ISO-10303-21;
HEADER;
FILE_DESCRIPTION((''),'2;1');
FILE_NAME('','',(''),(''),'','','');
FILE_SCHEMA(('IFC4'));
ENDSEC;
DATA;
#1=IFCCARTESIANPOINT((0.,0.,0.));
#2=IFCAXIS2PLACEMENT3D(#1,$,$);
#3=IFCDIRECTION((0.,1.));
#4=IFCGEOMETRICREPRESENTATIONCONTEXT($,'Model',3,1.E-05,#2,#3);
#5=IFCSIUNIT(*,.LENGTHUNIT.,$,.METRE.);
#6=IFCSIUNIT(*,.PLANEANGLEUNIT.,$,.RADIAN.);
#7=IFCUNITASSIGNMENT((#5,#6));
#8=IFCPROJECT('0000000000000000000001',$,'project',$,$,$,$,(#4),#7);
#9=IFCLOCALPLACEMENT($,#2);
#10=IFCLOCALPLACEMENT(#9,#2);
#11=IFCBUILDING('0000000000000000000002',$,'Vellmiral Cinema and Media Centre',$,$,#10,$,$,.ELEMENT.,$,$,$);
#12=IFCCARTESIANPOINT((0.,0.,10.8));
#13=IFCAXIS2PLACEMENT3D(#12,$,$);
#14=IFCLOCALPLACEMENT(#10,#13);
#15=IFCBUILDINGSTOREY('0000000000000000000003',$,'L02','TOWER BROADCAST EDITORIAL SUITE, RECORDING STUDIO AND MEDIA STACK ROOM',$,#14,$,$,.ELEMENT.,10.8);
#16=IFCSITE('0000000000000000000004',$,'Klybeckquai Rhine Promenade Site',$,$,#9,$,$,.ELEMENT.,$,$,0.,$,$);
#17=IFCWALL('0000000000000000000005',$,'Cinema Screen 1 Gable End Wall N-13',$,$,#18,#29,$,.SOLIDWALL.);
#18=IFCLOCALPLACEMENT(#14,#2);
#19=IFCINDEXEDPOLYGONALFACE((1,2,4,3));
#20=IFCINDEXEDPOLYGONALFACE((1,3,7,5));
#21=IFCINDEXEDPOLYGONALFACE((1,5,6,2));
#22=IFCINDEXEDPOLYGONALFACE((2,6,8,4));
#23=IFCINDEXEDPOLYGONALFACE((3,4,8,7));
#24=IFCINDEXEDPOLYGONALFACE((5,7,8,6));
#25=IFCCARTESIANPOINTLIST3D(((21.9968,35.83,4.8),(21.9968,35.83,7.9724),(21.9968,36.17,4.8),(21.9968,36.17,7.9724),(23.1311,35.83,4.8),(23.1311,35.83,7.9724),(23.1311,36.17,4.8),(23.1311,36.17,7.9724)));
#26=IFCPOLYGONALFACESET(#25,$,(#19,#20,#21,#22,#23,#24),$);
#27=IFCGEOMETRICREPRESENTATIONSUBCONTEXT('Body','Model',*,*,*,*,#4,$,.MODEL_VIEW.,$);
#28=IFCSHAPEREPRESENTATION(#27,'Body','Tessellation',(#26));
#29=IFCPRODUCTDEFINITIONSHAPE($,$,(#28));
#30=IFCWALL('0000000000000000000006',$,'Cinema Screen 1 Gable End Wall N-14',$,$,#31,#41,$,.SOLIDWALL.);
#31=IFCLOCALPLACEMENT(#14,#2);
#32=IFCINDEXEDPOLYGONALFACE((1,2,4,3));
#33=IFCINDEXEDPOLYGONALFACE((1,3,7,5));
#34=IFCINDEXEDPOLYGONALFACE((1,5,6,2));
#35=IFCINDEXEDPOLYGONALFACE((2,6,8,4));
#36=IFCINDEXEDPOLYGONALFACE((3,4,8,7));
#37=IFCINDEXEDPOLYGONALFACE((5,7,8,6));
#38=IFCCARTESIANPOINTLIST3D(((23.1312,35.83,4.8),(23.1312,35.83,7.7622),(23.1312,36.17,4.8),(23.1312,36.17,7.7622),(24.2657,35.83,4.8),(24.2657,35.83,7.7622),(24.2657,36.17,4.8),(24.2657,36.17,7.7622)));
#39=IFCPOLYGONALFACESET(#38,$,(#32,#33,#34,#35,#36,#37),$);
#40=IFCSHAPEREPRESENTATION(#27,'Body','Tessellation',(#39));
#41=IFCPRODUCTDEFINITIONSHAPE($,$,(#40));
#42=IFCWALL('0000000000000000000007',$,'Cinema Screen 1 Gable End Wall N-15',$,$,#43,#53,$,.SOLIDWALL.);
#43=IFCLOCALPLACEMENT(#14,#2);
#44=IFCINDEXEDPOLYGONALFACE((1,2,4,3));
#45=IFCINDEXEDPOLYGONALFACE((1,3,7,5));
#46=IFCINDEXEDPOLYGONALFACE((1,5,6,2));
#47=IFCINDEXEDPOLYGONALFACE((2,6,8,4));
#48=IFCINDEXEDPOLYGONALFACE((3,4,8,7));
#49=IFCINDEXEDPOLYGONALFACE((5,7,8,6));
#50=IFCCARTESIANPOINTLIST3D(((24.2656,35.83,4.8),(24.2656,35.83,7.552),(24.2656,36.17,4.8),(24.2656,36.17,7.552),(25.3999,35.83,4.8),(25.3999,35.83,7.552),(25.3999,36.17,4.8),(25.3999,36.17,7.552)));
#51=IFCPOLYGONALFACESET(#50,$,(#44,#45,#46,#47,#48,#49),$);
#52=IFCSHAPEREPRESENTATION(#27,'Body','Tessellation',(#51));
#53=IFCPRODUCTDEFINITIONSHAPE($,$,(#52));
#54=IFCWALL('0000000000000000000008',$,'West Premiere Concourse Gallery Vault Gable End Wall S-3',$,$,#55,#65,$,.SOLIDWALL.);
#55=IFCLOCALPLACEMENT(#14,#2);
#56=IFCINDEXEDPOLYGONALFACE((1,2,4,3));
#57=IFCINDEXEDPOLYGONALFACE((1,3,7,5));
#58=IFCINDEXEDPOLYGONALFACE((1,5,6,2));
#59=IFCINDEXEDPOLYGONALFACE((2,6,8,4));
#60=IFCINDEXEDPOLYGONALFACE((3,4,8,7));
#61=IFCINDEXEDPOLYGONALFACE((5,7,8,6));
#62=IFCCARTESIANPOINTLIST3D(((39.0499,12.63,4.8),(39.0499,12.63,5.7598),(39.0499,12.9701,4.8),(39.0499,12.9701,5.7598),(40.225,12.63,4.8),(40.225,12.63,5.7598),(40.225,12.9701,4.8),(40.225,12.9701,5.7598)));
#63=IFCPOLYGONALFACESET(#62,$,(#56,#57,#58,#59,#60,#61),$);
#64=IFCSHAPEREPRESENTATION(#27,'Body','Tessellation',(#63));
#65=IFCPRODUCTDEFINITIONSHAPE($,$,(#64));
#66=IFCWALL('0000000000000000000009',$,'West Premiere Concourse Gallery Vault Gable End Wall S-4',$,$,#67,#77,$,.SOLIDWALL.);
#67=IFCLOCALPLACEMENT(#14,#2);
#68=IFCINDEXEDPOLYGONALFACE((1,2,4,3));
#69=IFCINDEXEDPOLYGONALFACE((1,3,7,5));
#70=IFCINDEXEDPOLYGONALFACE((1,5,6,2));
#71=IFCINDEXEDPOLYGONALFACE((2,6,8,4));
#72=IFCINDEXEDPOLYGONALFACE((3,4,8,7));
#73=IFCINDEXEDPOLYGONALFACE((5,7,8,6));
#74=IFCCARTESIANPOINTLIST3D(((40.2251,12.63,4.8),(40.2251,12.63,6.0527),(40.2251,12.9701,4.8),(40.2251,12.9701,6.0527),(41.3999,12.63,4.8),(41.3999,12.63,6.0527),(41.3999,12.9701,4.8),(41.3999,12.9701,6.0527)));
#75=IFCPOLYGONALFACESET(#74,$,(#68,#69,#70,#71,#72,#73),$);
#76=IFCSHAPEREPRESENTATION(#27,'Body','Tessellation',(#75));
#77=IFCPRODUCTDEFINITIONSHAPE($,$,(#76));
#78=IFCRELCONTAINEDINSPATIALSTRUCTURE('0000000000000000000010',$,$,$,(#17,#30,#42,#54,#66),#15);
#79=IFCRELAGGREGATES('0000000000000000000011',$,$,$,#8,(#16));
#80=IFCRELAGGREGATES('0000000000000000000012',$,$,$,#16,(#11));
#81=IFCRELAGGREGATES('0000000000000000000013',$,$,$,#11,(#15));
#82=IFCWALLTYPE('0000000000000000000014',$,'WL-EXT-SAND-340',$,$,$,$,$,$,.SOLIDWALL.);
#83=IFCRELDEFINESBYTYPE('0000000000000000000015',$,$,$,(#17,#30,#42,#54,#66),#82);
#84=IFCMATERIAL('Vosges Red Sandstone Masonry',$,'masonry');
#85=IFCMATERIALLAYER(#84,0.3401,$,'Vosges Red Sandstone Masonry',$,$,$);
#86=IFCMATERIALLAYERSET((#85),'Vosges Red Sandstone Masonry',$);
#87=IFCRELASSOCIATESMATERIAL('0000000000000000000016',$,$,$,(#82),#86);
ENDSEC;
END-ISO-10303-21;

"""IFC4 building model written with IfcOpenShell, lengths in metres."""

from ifc_helpers import new_model, si_unit, direction, frame, frame_2d, origin, place, context, subcontext, project, spatial, rectangle, extrude, material, layer, layer_set, type_object, element, save


model = new_model("IFC4")

# Units and contexts
model_context = context("Model", 3, precision=1e-05, world=origin(), true_north=direction((0.0, 1.0)))
body_context = subcontext(model_context, "Body", "Model", "MODEL_VIEW")
ifc_project = project(units=[si_unit("LENGTHUNIT", "METRE"), si_unit("PLANEANGLEUNIT", "RADIAN")], contexts=[model_context])

# Site, building, storey
site_placement = place(None, origin())
site = spatial("IfcSite", under=ifc_project, at=site_placement, Name="Klybeckquai Rhine Promenade Site", CompositionType="ELEMENT", RefElevation=0.0)
building_placement = place(site_placement, origin())
building = spatial("IfcBuilding", under=site, at=building_placement, Name="Vellmiral Cinema and Media Centre", CompositionType="ELEMENT")
storey_placement = place(building_placement, frame((0.0, 0.0, 10.8)))
storey = spatial("IfcBuildingStorey", under=building, at=storey_placement, Name="L02", Description="TOWER BROADCAST EDITORIAL SUITE, RECORDING STUDIO AND MEDIA STACK ROOM", CompositionType="ELEMENT", Elevation=10.8)

# Walls
ifc_material_1 = material(Name="Vosges Red Sandstone Masonry", Category="masonry")
ifc_layer_1 = layer(ifc_material_1, 0.3401, Name="Vosges Red Sandstone Masonry")
ifc_layer_set_1 = layer_set([ifc_layer_1], Name="Vosges Red Sandstone Masonry")
wall_type = type_object("IfcWallType", Name="WL-EXT-SAND-340", PredefinedType="SOLIDWALL", material=ifc_layer_set_1)
wall_1_placement = place(storey_placement, frame((21.9968, 36.0, 4.8), z_axis=(0.0, 0.0, 1.0), x_axis=(1.0, 0.0, 0.0)))
element("IfcWall", 1, at=wall_1_placement, inside=storey, type_object=wall_type, Name="Cinema Screen 1 Gable End Wall N-13", PredefinedType="SOLIDWALL", context=body_context, shape_type="SweptSolid", body=[
    extrude(rectangle(XDim=1.1343, YDim=0.3401, at=frame_2d((0.5671, 0.0))), origin(), (0.0, 0.0, 1.0), 3.1724),
])
wall_2_placement = place(storey_placement, frame((23.1311, 36.0, 4.8), z_axis=(0.0, 0.0, 1.0), x_axis=(1.0, 0.0, 0.0)))
element("IfcWall", 2, at=wall_2_placement, inside=storey, type_object=wall_type, Name="Cinema Screen 1 Gable End Wall N-14", PredefinedType="SOLIDWALL", context=body_context, shape_type="SweptSolid", body=[
    extrude(rectangle(XDim=1.1345, YDim=0.3401, at=frame_2d((0.5674, 0.0))), origin(), (0.0, 0.0, 1.0), 2.9622),
])
wall_3_placement = place(storey_placement, frame((24.2656, 36.0, 4.8), z_axis=(0.0, 0.0, 1.0), x_axis=(1.0, 0.0, 0.0)))
element("IfcWall", 3, at=wall_3_placement, inside=storey, type_object=wall_type, Name="Cinema Screen 1 Gable End Wall N-15", PredefinedType="SOLIDWALL", context=body_context, shape_type="SweptSolid", body=[
    extrude(rectangle(XDim=1.1343, YDim=0.3401, at=frame_2d((0.5671, 0.0))), origin(), (0.0, 0.0, 1.0), 2.752),
])
wall_4_placement = place(storey_placement, frame((39.05, 12.8, 4.8), z_axis=(0.0, 0.0, 1.0), x_axis=(1.0, 0.0, 0.0)))
element("IfcWall", 4, at=wall_4_placement, inside=storey, type_object=wall_type, Name="West Premiere Concourse Gallery Vault Gable End Wall S-3", PredefinedType="SOLIDWALL", context=body_context, shape_type="SweptSolid", body=[
    extrude(rectangle(XDim=1.175, YDim=0.3401, at=frame_2d((0.5874, 0.0))), origin(), (0.0, 0.0, 1.0), 0.9597),
])
wall_5_placement = place(storey_placement, frame((40.2251, 12.8, 4.8), z_axis=(0.0, 0.0, 1.0), x_axis=(1.0, 0.0, 0.0)))
element("IfcWall", 5, at=wall_5_placement, inside=storey, type_object=wall_type, Name="West Premiere Concourse Gallery Vault Gable End Wall S-4", PredefinedType="SOLIDWALL", context=body_context, shape_type="SweptSolid", body=[
    extrude(rectangle(XDim=1.1748, YDim=0.3401, at=frame_2d((0.5874, 0.0))), origin(), (0.0, 0.0, 1.0), 1.2527),
])

save(model, "model.ifc")
